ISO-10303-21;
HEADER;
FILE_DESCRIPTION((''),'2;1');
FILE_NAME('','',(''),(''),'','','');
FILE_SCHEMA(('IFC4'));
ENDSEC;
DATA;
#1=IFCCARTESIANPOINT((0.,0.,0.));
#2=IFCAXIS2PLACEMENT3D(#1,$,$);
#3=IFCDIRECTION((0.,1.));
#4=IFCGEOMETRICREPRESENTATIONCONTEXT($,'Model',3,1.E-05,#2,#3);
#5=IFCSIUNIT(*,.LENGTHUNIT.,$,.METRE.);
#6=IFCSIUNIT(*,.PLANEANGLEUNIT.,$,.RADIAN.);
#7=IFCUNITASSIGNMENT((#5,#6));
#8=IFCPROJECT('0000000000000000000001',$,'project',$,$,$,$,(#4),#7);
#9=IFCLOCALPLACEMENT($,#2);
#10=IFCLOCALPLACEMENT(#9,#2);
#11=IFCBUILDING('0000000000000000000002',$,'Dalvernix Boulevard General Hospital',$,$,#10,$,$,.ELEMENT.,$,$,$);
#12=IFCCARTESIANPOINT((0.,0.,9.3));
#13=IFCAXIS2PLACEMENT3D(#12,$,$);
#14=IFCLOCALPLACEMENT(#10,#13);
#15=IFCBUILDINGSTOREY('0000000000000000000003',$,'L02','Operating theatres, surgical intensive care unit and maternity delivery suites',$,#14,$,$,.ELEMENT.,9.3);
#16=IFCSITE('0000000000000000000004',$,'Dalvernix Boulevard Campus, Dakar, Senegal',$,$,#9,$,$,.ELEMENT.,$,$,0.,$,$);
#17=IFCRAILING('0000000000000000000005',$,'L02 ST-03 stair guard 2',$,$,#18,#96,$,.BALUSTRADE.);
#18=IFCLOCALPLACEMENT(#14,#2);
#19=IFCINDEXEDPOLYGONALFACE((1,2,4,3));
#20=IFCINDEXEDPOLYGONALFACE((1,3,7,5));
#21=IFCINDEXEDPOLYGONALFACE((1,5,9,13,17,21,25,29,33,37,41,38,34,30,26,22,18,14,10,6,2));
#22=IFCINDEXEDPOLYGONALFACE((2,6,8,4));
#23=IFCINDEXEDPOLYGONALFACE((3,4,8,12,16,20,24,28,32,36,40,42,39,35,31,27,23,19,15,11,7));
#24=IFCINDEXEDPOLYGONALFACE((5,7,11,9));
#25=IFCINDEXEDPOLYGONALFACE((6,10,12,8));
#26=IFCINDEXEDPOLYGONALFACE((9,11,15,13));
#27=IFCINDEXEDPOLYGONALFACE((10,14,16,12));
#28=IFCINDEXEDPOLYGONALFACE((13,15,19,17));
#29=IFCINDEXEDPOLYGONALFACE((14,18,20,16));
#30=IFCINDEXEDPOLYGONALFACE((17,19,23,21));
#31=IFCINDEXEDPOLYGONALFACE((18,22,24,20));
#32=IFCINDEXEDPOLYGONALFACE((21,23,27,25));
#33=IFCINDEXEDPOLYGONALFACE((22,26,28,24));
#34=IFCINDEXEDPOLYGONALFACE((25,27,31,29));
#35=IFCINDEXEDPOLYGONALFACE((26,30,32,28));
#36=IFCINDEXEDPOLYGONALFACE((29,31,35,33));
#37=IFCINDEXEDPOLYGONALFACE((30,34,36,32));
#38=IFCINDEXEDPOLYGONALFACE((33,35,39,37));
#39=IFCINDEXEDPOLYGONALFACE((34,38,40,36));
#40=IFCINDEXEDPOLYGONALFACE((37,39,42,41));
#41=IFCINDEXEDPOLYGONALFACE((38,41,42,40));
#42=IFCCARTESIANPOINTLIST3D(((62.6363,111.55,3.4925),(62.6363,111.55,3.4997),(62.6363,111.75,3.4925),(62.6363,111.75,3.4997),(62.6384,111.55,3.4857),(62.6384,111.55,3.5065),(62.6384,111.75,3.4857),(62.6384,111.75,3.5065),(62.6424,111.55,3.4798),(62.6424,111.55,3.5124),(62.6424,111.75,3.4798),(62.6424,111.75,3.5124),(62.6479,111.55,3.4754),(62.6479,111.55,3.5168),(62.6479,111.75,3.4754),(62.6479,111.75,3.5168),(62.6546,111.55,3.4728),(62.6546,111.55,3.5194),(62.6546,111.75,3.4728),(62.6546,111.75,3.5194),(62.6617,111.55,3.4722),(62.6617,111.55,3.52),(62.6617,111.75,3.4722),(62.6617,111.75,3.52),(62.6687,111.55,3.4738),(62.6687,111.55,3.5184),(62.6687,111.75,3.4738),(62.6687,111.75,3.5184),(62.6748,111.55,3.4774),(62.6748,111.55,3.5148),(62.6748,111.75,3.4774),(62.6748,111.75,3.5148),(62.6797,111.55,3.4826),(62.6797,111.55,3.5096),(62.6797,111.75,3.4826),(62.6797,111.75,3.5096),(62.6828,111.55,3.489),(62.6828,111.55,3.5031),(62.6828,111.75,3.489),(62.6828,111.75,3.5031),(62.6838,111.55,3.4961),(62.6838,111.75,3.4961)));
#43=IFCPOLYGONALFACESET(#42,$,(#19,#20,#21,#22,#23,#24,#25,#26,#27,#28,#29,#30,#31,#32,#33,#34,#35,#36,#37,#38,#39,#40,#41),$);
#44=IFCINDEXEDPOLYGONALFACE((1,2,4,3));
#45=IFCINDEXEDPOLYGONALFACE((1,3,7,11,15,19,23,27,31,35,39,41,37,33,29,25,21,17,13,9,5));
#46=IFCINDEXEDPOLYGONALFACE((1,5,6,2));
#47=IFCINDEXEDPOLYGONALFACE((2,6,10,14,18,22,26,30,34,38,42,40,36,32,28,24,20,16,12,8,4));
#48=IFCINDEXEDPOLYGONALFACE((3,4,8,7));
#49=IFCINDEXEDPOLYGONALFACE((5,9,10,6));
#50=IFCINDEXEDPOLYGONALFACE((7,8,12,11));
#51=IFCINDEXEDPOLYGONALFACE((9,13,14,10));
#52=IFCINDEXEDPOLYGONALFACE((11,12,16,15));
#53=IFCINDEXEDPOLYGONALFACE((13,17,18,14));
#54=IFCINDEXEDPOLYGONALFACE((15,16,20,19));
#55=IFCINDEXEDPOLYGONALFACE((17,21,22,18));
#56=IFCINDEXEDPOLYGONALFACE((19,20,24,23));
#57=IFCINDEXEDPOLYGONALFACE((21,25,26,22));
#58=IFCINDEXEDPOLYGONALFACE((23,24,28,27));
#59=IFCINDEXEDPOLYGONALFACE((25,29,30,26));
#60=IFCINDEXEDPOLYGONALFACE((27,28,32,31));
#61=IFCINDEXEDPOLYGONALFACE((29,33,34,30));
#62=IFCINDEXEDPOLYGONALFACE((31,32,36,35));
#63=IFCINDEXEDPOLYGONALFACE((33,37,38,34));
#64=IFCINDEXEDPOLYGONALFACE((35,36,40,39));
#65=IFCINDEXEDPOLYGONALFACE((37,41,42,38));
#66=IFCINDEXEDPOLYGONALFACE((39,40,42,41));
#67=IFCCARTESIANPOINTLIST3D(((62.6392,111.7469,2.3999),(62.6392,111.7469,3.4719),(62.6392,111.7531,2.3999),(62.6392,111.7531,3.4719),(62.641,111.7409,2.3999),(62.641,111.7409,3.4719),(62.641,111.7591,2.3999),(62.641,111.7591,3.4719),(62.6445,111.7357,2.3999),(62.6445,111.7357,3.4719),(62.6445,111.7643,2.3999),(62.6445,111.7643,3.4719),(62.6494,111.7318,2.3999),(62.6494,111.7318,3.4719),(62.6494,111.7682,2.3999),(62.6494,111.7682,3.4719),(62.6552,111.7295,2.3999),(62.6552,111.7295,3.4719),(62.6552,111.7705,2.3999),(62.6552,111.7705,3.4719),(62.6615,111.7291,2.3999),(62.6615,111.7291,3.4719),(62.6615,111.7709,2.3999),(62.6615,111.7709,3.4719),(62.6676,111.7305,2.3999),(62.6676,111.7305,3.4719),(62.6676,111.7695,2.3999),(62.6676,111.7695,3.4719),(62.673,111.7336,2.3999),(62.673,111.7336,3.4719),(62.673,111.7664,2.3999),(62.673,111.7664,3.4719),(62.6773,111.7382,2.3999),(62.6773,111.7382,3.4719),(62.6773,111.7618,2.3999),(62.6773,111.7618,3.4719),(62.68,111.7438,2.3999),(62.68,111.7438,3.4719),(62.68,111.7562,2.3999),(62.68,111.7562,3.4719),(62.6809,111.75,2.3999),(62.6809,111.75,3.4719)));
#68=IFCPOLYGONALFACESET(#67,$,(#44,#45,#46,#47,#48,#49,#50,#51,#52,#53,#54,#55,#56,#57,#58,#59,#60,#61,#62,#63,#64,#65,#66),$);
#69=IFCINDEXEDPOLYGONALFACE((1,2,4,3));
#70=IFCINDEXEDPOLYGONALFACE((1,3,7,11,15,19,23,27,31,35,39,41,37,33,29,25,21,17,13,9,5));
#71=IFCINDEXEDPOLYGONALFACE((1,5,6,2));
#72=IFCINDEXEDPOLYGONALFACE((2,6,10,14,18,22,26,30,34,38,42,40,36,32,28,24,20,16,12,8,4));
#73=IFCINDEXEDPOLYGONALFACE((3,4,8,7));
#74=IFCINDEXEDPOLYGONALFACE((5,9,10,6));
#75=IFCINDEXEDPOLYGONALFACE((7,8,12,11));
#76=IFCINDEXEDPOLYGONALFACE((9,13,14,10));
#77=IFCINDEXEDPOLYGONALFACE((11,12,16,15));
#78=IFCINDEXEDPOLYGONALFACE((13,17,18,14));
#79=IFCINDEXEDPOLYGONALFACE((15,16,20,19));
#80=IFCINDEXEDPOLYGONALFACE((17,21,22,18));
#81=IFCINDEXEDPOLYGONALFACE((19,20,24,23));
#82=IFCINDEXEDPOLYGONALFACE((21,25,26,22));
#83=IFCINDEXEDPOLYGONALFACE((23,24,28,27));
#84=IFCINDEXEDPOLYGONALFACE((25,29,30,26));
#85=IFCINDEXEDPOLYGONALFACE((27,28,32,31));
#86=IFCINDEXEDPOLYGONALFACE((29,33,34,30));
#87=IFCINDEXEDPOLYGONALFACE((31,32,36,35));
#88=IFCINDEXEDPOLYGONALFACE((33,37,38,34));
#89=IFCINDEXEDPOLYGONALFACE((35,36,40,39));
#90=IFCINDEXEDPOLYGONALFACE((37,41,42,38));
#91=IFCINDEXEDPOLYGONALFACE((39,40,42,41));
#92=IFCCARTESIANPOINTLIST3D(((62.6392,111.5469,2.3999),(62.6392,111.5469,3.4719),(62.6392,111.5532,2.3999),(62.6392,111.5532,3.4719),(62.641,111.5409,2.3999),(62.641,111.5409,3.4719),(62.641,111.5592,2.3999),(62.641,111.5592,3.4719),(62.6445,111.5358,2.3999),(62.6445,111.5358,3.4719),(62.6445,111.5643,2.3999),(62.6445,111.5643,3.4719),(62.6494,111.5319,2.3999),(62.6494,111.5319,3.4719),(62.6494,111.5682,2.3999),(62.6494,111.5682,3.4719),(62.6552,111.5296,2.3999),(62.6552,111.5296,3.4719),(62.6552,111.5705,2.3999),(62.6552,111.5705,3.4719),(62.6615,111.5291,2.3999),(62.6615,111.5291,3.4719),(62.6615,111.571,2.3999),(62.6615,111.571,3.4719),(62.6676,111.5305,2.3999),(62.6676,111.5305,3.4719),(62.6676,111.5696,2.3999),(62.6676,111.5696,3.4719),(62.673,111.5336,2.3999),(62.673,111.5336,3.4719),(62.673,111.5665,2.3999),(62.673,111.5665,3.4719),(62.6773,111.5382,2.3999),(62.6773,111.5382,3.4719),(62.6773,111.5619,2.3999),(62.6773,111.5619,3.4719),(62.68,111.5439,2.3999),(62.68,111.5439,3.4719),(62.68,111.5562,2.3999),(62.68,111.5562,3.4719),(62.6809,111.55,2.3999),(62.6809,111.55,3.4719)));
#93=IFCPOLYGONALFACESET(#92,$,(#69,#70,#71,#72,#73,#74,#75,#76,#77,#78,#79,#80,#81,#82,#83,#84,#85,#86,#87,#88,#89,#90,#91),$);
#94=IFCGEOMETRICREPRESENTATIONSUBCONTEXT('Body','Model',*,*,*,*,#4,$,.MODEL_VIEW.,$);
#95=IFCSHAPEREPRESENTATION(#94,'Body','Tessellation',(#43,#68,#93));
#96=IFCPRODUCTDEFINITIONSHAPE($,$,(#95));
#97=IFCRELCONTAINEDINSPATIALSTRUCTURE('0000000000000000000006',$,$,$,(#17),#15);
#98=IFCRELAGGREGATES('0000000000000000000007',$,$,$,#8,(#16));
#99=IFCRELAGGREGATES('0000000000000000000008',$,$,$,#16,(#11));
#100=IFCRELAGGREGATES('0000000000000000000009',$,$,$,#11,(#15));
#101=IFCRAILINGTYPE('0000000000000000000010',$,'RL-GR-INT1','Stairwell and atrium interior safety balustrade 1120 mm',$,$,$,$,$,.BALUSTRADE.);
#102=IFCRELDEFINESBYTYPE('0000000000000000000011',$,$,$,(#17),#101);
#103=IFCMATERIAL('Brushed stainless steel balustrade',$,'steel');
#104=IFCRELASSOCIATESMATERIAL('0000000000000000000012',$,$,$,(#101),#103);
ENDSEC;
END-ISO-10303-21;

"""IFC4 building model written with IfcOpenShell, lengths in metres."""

from ifc_helpers import new_model, si_unit, direction, frame, origin, origin_2d, place, context, subcontext, project, spatial, circle, extrude, material, type_object, element, save


model = new_model("IFC4")

# Units and contexts
model_context = context("Model", 3, precision=1e-05, world=origin(), true_north=direction((0.0, 1.0)))
body_context = subcontext(model_context, "Body", "Model", "MODEL_VIEW")
ifc_project = project(units=[si_unit("LENGTHUNIT", "METRE"), si_unit("PLANEANGLEUNIT", "RADIAN")], contexts=[model_context])

# Site, building, storey
site_placement = place(None, origin())
site = spatial("IfcSite", under=ifc_project, at=site_placement, Name="Dalvernix Boulevard Campus, Dakar, Senegal", CompositionType="ELEMENT", RefElevation=0.0)
building_placement = place(site_placement, origin())
building = spatial("IfcBuilding", under=site, at=building_placement, Name="Dalvernix Boulevard General Hospital", CompositionType="ELEMENT")
storey_placement = place(building_placement, frame((0.0, 0.0, 9.3)))
storey = spatial("IfcBuildingStorey", under=building, at=storey_placement, Name="L02", Description="Operating theatres, surgical intensive care unit and maternity delivery suites", CompositionType="ELEMENT", Elevation=9.3)

# Railing
ifc_material_1 = material(Name="Brushed stainless steel balustrade", Category="steel")
railing_type_1 = type_object("IfcRailingType", Name="RL-GR-INT1", Description="Stairwell and atrium interior safety balustrade 1120 mm", PredefinedType="BALUSTRADE", material=ifc_material_1)
railing_1_placement = place(storey_placement, frame((62.6599, 111.75, 2.3999)))
element("IfcRailing", 1, at=railing_1_placement, inside=storey, type_object=railing_type_1, Name="L02 ST-03 stair guard 2", PredefinedType="BALUSTRADE", context=body_context, shape_type="SweptSolid", body=[
    extrude(circle(Radius=0.0239, at=origin_2d()), frame((0.0, 0.0, 1.0962), z_axis=(0.0, -1.0, 0.0), x_axis=(1.0, 0.0, 0.0)), (0.0, 0.0, 1.0), 0.2),
    extrude(circle(Radius=0.021, at=origin_2d()), origin(), (0.0, 0.0, 1.0), 1.072),
    extrude(circle(Radius=0.021, at=origin_2d()), frame((0.0, -0.2, 0.0)), (0.0, 0.0, 1.0), 1.072),
])

save(model, "model.ifc")
